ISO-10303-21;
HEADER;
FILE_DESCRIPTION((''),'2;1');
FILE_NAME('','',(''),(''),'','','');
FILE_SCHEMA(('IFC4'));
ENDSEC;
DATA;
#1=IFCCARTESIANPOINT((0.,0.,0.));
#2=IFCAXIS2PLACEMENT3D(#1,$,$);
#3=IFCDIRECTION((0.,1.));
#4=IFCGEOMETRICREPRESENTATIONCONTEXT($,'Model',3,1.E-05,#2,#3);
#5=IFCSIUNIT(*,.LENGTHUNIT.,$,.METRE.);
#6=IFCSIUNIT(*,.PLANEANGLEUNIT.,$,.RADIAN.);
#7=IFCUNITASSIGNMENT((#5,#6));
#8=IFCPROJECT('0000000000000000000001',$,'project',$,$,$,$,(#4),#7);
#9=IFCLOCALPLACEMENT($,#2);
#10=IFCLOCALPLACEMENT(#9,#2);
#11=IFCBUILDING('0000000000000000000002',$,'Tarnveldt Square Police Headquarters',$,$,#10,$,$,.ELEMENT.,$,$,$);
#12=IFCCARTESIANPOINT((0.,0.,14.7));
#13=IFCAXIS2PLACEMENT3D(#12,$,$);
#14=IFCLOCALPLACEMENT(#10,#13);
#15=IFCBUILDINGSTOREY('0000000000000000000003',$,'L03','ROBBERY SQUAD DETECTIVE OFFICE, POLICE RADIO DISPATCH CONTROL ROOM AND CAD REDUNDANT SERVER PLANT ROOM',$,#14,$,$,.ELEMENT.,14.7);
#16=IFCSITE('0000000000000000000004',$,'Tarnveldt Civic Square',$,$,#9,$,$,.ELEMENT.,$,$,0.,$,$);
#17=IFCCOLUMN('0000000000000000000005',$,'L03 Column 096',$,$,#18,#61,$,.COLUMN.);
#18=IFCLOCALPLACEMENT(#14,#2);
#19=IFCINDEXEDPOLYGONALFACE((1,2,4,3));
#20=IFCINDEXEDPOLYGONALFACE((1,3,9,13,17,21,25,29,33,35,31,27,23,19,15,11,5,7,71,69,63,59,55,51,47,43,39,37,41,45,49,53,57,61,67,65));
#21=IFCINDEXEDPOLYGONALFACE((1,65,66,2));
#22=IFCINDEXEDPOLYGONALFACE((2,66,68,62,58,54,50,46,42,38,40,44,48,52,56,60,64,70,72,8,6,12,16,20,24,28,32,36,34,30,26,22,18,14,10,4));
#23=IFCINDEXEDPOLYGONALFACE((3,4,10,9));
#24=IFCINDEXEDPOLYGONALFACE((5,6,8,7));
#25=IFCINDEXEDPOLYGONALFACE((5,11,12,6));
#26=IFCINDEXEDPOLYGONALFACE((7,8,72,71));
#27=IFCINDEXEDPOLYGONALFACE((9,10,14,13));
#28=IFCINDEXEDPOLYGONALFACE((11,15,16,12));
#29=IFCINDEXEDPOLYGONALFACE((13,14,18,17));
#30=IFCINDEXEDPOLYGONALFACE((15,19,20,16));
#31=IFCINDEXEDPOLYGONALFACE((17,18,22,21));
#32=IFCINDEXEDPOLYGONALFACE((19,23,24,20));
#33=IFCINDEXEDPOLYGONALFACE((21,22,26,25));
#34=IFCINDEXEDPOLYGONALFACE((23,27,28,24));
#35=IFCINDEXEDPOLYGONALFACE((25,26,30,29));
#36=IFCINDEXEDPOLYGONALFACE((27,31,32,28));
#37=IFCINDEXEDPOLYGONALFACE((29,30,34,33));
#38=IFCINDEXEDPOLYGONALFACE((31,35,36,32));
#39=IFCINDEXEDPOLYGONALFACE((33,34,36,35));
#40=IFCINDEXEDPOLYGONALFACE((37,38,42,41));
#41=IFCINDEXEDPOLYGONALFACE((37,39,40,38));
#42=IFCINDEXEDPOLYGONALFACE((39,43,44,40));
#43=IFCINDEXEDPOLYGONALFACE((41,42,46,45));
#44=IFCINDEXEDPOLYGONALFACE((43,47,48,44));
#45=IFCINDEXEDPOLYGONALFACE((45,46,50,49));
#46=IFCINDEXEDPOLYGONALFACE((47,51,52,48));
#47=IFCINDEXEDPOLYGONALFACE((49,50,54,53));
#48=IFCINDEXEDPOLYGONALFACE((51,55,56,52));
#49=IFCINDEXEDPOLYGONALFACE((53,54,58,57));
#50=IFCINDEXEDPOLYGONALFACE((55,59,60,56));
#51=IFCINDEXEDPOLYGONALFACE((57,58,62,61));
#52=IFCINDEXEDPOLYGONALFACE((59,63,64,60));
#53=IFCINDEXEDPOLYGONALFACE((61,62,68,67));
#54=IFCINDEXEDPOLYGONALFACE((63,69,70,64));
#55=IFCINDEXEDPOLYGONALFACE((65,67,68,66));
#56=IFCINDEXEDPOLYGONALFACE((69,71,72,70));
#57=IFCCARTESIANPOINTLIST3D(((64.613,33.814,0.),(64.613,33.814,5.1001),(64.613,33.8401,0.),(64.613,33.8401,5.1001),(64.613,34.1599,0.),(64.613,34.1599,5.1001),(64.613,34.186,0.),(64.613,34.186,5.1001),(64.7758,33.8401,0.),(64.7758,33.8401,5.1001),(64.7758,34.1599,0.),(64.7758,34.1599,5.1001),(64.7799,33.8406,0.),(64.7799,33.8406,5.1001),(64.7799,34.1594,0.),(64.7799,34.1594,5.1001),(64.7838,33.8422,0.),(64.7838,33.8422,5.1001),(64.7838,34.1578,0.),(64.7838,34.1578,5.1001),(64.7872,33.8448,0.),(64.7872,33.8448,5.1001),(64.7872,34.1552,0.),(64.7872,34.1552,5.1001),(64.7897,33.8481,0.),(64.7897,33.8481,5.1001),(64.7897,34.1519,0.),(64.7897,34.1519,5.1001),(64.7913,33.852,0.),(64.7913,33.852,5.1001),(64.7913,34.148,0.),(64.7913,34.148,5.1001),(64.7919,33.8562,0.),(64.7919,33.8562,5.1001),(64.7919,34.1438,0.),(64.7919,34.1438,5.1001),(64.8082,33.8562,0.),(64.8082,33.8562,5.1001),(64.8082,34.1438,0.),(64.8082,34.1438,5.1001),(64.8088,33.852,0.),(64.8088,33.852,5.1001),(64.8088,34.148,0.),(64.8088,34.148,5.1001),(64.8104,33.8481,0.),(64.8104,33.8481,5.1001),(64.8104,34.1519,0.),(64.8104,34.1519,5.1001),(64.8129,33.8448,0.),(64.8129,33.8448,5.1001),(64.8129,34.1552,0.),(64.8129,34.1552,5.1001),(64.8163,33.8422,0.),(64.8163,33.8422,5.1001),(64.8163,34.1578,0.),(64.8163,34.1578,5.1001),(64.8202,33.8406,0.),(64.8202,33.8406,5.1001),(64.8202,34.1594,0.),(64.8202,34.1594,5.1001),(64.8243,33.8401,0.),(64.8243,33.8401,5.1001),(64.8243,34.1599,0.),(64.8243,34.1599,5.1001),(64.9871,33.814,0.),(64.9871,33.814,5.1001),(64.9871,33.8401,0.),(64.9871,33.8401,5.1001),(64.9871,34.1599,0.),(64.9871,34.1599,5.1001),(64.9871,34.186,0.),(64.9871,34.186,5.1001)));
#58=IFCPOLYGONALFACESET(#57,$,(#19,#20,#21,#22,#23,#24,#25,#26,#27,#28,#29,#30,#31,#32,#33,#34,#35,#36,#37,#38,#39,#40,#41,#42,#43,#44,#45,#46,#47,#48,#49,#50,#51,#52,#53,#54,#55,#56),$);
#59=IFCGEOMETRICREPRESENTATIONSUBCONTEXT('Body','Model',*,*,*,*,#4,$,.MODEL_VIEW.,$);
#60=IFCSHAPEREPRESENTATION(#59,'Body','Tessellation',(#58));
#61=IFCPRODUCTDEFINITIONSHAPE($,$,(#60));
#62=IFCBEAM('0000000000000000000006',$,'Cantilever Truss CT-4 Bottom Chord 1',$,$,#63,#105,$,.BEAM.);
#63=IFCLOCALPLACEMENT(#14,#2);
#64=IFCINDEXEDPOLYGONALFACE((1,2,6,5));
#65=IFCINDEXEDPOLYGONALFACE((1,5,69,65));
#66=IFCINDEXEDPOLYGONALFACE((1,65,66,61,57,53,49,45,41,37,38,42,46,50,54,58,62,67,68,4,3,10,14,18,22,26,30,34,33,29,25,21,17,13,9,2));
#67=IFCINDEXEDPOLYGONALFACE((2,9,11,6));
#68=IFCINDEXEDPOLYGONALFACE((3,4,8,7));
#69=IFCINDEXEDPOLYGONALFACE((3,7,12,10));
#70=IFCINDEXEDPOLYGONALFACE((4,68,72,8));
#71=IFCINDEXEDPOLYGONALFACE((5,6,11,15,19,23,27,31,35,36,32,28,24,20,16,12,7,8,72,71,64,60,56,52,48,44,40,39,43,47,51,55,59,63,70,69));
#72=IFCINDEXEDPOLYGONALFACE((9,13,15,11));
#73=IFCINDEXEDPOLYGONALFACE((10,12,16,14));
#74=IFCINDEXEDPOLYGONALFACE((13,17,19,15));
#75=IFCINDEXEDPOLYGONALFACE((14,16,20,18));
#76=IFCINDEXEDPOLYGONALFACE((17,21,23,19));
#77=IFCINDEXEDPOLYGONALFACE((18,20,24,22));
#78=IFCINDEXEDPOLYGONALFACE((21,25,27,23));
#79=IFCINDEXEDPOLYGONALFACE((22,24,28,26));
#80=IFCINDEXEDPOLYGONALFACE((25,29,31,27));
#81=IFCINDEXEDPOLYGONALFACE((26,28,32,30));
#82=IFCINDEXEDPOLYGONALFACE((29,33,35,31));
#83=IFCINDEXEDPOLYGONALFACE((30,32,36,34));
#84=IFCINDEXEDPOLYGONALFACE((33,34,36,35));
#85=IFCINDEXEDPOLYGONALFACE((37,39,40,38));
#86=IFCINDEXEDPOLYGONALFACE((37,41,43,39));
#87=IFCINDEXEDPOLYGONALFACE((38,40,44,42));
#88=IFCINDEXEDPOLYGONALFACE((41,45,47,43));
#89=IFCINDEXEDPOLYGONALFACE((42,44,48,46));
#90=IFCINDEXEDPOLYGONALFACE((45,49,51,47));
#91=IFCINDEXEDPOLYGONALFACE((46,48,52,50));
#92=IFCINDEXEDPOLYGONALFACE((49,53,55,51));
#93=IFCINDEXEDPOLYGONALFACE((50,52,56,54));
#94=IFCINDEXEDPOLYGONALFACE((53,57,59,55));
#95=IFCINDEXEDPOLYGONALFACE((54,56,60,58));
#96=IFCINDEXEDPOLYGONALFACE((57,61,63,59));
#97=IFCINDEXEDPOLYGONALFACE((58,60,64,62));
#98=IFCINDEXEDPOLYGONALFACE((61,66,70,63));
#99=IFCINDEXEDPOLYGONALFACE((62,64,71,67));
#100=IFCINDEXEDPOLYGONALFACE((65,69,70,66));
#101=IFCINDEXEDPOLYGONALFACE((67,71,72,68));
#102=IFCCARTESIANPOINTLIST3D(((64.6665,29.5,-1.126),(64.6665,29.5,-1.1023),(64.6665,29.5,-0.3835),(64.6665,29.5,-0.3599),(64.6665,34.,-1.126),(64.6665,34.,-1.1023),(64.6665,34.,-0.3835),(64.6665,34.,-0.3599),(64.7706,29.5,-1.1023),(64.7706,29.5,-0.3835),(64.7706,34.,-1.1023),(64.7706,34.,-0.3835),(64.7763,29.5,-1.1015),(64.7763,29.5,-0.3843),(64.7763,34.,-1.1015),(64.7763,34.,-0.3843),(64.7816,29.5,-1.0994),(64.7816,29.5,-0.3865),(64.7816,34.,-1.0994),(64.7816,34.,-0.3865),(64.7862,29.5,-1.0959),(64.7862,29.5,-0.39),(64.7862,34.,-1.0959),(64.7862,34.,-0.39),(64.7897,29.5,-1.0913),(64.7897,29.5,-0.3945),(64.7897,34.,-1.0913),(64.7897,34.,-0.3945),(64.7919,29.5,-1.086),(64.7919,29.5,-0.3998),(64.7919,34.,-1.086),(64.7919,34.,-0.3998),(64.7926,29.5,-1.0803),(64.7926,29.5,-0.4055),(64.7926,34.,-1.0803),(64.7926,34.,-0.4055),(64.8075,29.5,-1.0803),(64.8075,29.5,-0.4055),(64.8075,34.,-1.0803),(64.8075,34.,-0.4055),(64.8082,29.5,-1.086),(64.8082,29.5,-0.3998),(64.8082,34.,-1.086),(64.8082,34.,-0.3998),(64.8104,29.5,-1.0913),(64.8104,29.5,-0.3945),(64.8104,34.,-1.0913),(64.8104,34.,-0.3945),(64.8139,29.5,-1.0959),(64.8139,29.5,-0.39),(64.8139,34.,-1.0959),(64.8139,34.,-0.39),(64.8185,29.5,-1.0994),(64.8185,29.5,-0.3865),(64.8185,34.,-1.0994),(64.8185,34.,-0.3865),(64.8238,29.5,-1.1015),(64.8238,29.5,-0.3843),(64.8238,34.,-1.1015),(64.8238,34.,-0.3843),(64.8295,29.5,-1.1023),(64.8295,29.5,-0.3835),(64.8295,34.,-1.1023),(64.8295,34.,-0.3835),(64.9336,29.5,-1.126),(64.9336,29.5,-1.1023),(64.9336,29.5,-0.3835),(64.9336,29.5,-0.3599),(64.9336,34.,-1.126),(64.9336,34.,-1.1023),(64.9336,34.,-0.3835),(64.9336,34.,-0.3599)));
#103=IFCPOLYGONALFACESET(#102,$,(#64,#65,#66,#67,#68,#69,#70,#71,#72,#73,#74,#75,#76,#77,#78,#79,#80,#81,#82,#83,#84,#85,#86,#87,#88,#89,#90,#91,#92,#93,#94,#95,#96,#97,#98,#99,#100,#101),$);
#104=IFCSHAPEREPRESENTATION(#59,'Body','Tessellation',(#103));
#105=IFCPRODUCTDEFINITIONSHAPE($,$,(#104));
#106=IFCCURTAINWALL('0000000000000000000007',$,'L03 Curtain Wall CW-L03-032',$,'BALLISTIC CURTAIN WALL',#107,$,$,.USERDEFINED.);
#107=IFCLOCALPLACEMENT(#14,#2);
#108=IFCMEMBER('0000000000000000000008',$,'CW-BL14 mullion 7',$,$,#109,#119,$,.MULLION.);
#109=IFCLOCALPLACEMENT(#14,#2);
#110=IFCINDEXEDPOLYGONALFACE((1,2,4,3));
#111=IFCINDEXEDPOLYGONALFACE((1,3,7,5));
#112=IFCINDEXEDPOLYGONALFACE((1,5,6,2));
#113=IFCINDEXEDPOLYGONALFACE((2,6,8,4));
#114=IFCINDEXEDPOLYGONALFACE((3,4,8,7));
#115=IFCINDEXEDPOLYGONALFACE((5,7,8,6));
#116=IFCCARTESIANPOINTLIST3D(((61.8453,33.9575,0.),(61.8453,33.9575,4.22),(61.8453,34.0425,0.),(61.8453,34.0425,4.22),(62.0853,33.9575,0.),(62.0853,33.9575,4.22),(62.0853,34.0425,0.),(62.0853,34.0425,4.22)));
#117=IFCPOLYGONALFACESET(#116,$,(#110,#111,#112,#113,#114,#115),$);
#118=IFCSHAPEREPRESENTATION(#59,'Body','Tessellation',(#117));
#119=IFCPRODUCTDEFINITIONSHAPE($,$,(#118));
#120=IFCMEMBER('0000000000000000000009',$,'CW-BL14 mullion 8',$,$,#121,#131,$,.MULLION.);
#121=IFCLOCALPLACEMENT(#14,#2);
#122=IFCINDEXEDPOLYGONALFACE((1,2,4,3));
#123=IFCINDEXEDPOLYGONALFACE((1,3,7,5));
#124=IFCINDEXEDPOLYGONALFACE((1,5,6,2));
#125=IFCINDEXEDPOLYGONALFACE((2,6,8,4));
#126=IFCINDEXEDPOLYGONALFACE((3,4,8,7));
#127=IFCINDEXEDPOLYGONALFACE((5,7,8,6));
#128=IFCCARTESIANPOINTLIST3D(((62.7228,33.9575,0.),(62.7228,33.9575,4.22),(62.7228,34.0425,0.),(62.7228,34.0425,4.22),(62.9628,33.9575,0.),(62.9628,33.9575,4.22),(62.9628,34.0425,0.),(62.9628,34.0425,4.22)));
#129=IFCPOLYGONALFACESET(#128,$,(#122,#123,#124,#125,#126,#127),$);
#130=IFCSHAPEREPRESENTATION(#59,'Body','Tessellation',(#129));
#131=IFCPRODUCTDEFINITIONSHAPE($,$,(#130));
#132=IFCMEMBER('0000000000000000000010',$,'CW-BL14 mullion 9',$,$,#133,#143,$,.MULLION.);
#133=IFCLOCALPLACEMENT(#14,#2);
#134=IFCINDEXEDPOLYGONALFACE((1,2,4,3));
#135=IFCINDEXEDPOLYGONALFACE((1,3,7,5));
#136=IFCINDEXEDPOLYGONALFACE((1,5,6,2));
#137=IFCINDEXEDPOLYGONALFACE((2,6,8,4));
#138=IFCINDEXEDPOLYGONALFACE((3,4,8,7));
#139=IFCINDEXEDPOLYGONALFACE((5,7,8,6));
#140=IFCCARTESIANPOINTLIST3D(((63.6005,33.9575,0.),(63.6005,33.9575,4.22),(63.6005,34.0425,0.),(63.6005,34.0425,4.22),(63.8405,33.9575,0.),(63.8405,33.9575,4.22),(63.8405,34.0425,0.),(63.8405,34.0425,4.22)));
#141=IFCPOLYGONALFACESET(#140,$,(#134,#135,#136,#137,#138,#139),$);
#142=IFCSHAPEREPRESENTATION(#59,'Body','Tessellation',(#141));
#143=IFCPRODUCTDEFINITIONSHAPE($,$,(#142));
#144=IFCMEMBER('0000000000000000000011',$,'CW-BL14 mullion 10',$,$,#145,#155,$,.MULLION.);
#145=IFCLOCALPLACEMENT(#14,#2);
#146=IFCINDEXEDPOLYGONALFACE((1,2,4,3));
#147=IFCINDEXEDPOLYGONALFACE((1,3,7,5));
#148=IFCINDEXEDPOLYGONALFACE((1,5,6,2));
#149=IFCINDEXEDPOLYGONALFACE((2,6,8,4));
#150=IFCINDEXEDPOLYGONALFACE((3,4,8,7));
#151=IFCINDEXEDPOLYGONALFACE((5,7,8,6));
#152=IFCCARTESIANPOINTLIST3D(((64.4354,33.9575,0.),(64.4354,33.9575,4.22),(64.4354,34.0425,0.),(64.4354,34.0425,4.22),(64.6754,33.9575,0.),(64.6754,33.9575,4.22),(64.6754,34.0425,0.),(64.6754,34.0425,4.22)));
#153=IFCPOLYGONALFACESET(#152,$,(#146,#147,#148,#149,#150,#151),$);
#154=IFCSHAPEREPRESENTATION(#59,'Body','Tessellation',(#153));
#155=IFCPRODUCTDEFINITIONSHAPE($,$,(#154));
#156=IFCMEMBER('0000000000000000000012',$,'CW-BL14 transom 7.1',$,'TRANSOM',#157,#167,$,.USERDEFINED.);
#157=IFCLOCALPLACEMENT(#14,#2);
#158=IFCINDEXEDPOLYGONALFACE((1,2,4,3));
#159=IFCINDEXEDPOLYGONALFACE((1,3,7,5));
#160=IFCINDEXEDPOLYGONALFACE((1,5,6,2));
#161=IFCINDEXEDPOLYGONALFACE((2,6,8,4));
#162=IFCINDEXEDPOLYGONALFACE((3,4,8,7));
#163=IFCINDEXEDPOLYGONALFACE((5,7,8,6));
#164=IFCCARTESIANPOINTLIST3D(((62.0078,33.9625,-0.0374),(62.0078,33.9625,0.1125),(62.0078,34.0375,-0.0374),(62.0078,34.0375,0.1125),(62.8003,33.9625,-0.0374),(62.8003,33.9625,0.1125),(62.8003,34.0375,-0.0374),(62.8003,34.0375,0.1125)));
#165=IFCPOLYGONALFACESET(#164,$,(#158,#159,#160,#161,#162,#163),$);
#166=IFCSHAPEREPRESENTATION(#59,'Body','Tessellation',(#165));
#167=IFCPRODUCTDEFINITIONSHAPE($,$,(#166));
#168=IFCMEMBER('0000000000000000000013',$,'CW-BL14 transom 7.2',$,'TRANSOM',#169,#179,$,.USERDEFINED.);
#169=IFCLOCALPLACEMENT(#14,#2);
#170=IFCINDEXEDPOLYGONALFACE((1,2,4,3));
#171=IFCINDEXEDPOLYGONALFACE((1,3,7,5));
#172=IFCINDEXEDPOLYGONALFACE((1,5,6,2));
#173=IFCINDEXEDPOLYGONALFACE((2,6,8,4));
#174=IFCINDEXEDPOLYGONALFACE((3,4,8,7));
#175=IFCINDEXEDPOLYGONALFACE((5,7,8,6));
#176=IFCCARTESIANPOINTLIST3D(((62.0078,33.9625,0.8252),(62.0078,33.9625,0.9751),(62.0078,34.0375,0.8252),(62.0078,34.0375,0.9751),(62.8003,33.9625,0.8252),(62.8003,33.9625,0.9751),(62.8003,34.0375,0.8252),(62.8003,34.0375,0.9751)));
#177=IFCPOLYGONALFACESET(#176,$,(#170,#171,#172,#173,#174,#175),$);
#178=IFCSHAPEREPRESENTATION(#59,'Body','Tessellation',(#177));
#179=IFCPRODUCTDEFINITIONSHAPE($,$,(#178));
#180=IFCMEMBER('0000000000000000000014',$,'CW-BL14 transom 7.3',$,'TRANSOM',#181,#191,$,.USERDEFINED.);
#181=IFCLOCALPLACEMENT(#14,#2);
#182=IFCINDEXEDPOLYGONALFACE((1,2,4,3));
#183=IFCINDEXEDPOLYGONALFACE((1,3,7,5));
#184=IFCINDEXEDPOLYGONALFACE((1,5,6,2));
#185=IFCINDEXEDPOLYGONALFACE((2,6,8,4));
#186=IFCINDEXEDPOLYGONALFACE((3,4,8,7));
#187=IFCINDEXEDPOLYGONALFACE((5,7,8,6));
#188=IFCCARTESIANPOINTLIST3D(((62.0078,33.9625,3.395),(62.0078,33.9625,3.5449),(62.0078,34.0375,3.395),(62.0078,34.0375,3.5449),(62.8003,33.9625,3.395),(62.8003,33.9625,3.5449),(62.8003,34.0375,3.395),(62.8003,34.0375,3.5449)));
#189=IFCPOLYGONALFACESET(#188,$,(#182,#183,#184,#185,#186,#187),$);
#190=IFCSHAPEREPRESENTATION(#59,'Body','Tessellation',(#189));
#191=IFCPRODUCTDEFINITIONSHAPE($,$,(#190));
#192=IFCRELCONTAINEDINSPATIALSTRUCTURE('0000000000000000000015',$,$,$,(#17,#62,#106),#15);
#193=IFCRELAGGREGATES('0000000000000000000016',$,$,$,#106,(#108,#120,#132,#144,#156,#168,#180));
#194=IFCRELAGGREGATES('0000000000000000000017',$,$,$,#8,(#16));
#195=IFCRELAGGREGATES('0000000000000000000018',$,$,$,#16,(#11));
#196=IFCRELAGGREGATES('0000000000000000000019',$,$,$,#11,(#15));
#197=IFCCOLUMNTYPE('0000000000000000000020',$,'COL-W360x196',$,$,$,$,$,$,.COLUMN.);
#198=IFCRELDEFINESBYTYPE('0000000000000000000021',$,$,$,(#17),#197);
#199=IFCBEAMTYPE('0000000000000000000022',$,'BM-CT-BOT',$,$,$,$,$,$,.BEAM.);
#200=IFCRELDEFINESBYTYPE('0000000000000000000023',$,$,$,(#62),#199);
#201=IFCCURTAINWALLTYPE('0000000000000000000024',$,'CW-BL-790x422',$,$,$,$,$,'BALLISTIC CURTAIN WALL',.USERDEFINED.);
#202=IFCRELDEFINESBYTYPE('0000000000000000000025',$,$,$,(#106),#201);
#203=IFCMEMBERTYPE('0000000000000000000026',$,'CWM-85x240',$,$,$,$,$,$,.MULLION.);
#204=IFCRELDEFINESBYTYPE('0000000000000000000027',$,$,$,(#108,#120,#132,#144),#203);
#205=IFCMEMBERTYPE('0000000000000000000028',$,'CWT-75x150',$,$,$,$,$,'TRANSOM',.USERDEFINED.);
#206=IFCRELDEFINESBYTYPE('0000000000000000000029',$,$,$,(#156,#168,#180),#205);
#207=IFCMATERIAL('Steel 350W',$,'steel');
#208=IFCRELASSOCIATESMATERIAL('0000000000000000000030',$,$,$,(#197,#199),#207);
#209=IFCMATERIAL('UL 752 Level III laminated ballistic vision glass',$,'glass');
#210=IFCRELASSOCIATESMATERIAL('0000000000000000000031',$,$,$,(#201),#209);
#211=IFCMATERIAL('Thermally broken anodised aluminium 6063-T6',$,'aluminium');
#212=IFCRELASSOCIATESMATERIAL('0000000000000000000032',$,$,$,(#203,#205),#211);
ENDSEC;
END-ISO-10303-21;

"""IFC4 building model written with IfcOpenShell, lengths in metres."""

from ifc_helpers import new_model, si_unit, direction, frame, origin, origin_2d, place, context, subcontext, project, spatial, rectangle, i_section, extrude, material, material_profile, profile_set, type_object, element, aggregate, save


model = new_model("IFC4")

# Units and contexts
model_context = context("Model", 3, precision=1e-05, world=origin(), true_north=direction((0.0, 1.0)))
body_context = subcontext(model_context, "Body", "Model", "MODEL_VIEW")
ifc_project = project(units=[si_unit("LENGTHUNIT", "METRE"), si_unit("PLANEANGLEUNIT", "RADIAN")], contexts=[model_context])

# Site, building, storey
site_placement = place(None, origin())
site = spatial("IfcSite", under=ifc_project, at=site_placement, Name="Tarnveldt Civic Square", CompositionType="ELEMENT", RefElevation=0.0)
building_placement = place(site_placement, origin())
building = spatial("IfcBuilding", under=site, at=building_placement, Name="Tarnveldt Square Police Headquarters", CompositionType="ELEMENT")
storey_placement = place(building_placement, frame((0.0, 0.0, 14.7)))
storey = spatial("IfcBuildingStorey", under=building, at=storey_placement, Name="L03", Description="ROBBERY SQUAD DETECTIVE OFFICE, POLICE RADIO DISPATCH CONTROL ROOM AND CAD REDUNDANT SERVER PLANT ROOM", CompositionType="ELEMENT", Elevation=14.7)

# Column
ifc_material_1 = material(Name="Steel 350W", Category="steel")
ifc_material_profile_1 = material_profile(ifc_material_1, i_section(OverallWidth=0.374, OverallDepth=0.3721, WebThickness=0.0164, FlangeThickness=0.0261, FilletRadius=0.0161, at=origin_2d()), Name="W360x196")
ifc_profile_set_1 = profile_set([ifc_material_profile_1], Name="Steel 350W")
column_type = type_object("IfcColumnType", Name="COL-W360x196", PredefinedType="COLUMN", material=ifc_profile_set_1)
column_placement = place(storey_placement, frame((64.8, 34.0, 0.0), z_axis=(0.0, 0.0, 1.0), x_axis=(1.0, 0.0, 0.0)))
element("IfcColumn", 1, at=column_placement, inside=storey, type_object=column_type, Name="L03 Column 096", PredefinedType="COLUMN", context=body_context, shape_type="SweptSolid", body=[
    extrude(i_section(OverallWidth=0.374, OverallDepth=0.3721, WebThickness=0.0164, FlangeThickness=0.0261, FilletRadius=0.0161, at=origin_2d()), origin(), (0.0, 0.0, 1.0), 5.1001),
])

# Beam
ifc_material_profile_2 = material_profile(ifc_material_1, i_section(OverallWidth=0.2671, OverallDepth=0.7661, WebThickness=0.0149, FlangeThickness=0.0237, FilletRadius=0.022, at=origin_2d()), Name="W760x185")
ifc_profile_set_2 = profile_set([ifc_material_profile_2], Name="Steel 350W")
beam_type = type_object("IfcBeamType", Name="BM-CT-BOT", PredefinedType="BEAM", material=ifc_profile_set_2)
beam_placement = place(storey_placement, frame((64.8, 34.0, -0.7429), z_axis=(0.0, -1.0, 0.0), x_axis=(1.0, 0.0, 0.0)))
element("IfcBeam", 2, at=beam_placement, inside=storey, type_object=beam_type, Name="Cantilever Truss CT-4 Bottom Chord 1", PredefinedType="BEAM", context=body_context, shape_type="SweptSolid", body=[
    extrude(i_section(OverallWidth=0.2671, OverallDepth=0.7661, WebThickness=0.0149, FlangeThickness=0.0237, FilletRadius=0.022, at=origin_2d()), origin(), (0.0, 0.0, 1.0), 4.5),
])

# Curtain wall, members
ifc_material_2 = material(Name="UL 752 Level III laminated ballistic vision glass", Category="glass")
curtain_wall_type = type_object("IfcCurtainWallType", Name="CW-BL-790x422", ElementType="BALLISTIC CURTAIN WALL", PredefinedType="USERDEFINED", material=ifc_material_2)
curtain_wall_placement = place(storey_placement, origin())
curtain_wall = element("IfcCurtainWall", 3, at=curtain_wall_placement, inside=storey, type_object=curtain_wall_type, Name="L03 Curtain Wall CW-L03-032", ObjectType="BALLISTIC CURTAIN WALL", PredefinedType="USERDEFINED")
ifc_material_3 = material(Name="Thermally broken anodised aluminium 6063-T6", Category="aluminium")
ifc_material_profile_3 = material_profile(ifc_material_3, rectangle(XDim=0.085, YDim=0.24, at=origin_2d()), Name="CW-M85x240")
ifc_profile_set_3 = profile_set([ifc_material_profile_3], Name="Thermally broken anodised aluminium 6063-T6")
member_type_1 = type_object("IfcMemberType", Name="CWM-85x240", PredefinedType="MULLION", material=ifc_profile_set_3)
member_1_placement = place(storey_placement, frame((61.9653, 34.0, 0.0), z_axis=(0.0, 0.0, 1.0), x_axis=(0.0, 1.0, 0.0)))
member_1 = element("IfcMember", 4, at=member_1_placement, type_object=member_type_1, Name="CW-BL14 mullion 7", PredefinedType="MULLION", context=body_context, shape_type="SweptSolid", body=[
    extrude(rectangle(XDim=0.085, YDim=0.24, at=origin_2d()), origin(), (0.0, 0.0, 1.0), 4.22),
])
member_2_placement = place(storey_placement, frame((62.8428, 34.0, 0.0), z_axis=(0.0, 0.0, 1.0), x_axis=(0.0, 1.0, 0.0)))
member_2 = element("IfcMember", 5, at=member_2_placement, type_object=member_type_1, Name="CW-BL14 mullion 8", PredefinedType="MULLION", context=body_context, shape_type="SweptSolid", body=[
    extrude(rectangle(XDim=0.085, YDim=0.24, at=origin_2d()), origin(), (0.0, 0.0, 1.0), 4.22),
])
member_3_placement = place(storey_placement, frame((63.7205, 34.0, 0.0), z_axis=(0.0, 0.0, 1.0), x_axis=(0.0, 1.0, 0.0)))
member_3 = element("IfcMember", 6, at=member_3_placement, type_object=member_type_1, Name="CW-BL14 mullion 9", PredefinedType="MULLION", context=body_context, shape_type="SweptSolid", body=[
    extrude(rectangle(XDim=0.085, YDim=0.24, at=origin_2d()), origin(), (0.0, 0.0, 1.0), 4.22),
])
member_4_placement = place(storey_placement, frame((64.5554, 34.0, 0.0), z_axis=(0.0, 0.0, 1.0), x_axis=(0.0, 1.0, 0.0)))
member_4 = element("IfcMember", 7, at=member_4_placement, type_object=member_type_1, Name="CW-BL14 mullion 10", PredefinedType="MULLION", context=body_context, shape_type="SweptSolid", body=[
    extrude(rectangle(XDim=0.085, YDim=0.24, at=origin_2d()), origin(), (0.0, 0.0, 1.0), 4.22),
])
ifc_material_profile_4 = material_profile(ifc_material_3, rectangle(XDim=0.075, YDim=0.1499, at=origin_2d()), Name="CW-T75x150")
ifc_profile_set_4 = profile_set([ifc_material_profile_4], Name="Thermally broken anodised aluminium 6063-T6")
member_type_2 = type_object("IfcMemberType", Name="CWT-75x150", ElementType="TRANSOM", PredefinedType="USERDEFINED", material=ifc_profile_set_4)
member_5_placement = place(storey_placement, frame((62.0078, 34.0, 0.0376), z_axis=(1.0, 0.0, 0.0), x_axis=(0.0, 1.0, 0.0)))
member_5 = element("IfcMember", 8, at=member_5_placement, type_object=member_type_2, Name="CW-BL14 transom 7.1", ObjectType="TRANSOM", PredefinedType="USERDEFINED", context=body_context, shape_type="SweptSolid", body=[
    extrude(rectangle(XDim=0.075, YDim=0.1499, at=origin_2d()), origin(), (0.0, 0.0, 1.0), 0.7925),
])
member_6_placement = place(storey_placement, frame((62.0078, 34.0, 0.9001), z_axis=(1.0, 0.0, 0.0), x_axis=(0.0, 1.0, 0.0)))
member_6 = element("IfcMember", 9, at=member_6_placement, type_object=member_type_2, Name="CW-BL14 transom 7.2", ObjectType="TRANSOM", PredefinedType="USERDEFINED", context=body_context, shape_type="SweptSolid", body=[
    extrude(rectangle(XDim=0.075, YDim=0.1499, at=origin_2d()), origin(), (0.0, 0.0, 1.0), 0.7925),
])
member_7_placement = place(storey_placement, frame((62.0078, 34.0, 3.47), z_axis=(1.0, 0.0, 0.0), x_axis=(0.0, 1.0, 0.0)))
member_7 = element("IfcMember", 10, at=member_7_placement, type_object=member_type_2, Name="CW-BL14 transom 7.3", ObjectType="TRANSOM", PredefinedType="USERDEFINED", context=body_context, shape_type="SweptSolid", body=[
    extrude(rectangle(XDim=0.075, YDim=0.1499, at=origin_2d()), origin(), (0.0, 0.0, 1.0), 0.7925),
])
aggregate(curtain_wall, [member_1, member_2, member_3, member_4, member_5, member_6, member_7])

save(model, "model.ifc")
